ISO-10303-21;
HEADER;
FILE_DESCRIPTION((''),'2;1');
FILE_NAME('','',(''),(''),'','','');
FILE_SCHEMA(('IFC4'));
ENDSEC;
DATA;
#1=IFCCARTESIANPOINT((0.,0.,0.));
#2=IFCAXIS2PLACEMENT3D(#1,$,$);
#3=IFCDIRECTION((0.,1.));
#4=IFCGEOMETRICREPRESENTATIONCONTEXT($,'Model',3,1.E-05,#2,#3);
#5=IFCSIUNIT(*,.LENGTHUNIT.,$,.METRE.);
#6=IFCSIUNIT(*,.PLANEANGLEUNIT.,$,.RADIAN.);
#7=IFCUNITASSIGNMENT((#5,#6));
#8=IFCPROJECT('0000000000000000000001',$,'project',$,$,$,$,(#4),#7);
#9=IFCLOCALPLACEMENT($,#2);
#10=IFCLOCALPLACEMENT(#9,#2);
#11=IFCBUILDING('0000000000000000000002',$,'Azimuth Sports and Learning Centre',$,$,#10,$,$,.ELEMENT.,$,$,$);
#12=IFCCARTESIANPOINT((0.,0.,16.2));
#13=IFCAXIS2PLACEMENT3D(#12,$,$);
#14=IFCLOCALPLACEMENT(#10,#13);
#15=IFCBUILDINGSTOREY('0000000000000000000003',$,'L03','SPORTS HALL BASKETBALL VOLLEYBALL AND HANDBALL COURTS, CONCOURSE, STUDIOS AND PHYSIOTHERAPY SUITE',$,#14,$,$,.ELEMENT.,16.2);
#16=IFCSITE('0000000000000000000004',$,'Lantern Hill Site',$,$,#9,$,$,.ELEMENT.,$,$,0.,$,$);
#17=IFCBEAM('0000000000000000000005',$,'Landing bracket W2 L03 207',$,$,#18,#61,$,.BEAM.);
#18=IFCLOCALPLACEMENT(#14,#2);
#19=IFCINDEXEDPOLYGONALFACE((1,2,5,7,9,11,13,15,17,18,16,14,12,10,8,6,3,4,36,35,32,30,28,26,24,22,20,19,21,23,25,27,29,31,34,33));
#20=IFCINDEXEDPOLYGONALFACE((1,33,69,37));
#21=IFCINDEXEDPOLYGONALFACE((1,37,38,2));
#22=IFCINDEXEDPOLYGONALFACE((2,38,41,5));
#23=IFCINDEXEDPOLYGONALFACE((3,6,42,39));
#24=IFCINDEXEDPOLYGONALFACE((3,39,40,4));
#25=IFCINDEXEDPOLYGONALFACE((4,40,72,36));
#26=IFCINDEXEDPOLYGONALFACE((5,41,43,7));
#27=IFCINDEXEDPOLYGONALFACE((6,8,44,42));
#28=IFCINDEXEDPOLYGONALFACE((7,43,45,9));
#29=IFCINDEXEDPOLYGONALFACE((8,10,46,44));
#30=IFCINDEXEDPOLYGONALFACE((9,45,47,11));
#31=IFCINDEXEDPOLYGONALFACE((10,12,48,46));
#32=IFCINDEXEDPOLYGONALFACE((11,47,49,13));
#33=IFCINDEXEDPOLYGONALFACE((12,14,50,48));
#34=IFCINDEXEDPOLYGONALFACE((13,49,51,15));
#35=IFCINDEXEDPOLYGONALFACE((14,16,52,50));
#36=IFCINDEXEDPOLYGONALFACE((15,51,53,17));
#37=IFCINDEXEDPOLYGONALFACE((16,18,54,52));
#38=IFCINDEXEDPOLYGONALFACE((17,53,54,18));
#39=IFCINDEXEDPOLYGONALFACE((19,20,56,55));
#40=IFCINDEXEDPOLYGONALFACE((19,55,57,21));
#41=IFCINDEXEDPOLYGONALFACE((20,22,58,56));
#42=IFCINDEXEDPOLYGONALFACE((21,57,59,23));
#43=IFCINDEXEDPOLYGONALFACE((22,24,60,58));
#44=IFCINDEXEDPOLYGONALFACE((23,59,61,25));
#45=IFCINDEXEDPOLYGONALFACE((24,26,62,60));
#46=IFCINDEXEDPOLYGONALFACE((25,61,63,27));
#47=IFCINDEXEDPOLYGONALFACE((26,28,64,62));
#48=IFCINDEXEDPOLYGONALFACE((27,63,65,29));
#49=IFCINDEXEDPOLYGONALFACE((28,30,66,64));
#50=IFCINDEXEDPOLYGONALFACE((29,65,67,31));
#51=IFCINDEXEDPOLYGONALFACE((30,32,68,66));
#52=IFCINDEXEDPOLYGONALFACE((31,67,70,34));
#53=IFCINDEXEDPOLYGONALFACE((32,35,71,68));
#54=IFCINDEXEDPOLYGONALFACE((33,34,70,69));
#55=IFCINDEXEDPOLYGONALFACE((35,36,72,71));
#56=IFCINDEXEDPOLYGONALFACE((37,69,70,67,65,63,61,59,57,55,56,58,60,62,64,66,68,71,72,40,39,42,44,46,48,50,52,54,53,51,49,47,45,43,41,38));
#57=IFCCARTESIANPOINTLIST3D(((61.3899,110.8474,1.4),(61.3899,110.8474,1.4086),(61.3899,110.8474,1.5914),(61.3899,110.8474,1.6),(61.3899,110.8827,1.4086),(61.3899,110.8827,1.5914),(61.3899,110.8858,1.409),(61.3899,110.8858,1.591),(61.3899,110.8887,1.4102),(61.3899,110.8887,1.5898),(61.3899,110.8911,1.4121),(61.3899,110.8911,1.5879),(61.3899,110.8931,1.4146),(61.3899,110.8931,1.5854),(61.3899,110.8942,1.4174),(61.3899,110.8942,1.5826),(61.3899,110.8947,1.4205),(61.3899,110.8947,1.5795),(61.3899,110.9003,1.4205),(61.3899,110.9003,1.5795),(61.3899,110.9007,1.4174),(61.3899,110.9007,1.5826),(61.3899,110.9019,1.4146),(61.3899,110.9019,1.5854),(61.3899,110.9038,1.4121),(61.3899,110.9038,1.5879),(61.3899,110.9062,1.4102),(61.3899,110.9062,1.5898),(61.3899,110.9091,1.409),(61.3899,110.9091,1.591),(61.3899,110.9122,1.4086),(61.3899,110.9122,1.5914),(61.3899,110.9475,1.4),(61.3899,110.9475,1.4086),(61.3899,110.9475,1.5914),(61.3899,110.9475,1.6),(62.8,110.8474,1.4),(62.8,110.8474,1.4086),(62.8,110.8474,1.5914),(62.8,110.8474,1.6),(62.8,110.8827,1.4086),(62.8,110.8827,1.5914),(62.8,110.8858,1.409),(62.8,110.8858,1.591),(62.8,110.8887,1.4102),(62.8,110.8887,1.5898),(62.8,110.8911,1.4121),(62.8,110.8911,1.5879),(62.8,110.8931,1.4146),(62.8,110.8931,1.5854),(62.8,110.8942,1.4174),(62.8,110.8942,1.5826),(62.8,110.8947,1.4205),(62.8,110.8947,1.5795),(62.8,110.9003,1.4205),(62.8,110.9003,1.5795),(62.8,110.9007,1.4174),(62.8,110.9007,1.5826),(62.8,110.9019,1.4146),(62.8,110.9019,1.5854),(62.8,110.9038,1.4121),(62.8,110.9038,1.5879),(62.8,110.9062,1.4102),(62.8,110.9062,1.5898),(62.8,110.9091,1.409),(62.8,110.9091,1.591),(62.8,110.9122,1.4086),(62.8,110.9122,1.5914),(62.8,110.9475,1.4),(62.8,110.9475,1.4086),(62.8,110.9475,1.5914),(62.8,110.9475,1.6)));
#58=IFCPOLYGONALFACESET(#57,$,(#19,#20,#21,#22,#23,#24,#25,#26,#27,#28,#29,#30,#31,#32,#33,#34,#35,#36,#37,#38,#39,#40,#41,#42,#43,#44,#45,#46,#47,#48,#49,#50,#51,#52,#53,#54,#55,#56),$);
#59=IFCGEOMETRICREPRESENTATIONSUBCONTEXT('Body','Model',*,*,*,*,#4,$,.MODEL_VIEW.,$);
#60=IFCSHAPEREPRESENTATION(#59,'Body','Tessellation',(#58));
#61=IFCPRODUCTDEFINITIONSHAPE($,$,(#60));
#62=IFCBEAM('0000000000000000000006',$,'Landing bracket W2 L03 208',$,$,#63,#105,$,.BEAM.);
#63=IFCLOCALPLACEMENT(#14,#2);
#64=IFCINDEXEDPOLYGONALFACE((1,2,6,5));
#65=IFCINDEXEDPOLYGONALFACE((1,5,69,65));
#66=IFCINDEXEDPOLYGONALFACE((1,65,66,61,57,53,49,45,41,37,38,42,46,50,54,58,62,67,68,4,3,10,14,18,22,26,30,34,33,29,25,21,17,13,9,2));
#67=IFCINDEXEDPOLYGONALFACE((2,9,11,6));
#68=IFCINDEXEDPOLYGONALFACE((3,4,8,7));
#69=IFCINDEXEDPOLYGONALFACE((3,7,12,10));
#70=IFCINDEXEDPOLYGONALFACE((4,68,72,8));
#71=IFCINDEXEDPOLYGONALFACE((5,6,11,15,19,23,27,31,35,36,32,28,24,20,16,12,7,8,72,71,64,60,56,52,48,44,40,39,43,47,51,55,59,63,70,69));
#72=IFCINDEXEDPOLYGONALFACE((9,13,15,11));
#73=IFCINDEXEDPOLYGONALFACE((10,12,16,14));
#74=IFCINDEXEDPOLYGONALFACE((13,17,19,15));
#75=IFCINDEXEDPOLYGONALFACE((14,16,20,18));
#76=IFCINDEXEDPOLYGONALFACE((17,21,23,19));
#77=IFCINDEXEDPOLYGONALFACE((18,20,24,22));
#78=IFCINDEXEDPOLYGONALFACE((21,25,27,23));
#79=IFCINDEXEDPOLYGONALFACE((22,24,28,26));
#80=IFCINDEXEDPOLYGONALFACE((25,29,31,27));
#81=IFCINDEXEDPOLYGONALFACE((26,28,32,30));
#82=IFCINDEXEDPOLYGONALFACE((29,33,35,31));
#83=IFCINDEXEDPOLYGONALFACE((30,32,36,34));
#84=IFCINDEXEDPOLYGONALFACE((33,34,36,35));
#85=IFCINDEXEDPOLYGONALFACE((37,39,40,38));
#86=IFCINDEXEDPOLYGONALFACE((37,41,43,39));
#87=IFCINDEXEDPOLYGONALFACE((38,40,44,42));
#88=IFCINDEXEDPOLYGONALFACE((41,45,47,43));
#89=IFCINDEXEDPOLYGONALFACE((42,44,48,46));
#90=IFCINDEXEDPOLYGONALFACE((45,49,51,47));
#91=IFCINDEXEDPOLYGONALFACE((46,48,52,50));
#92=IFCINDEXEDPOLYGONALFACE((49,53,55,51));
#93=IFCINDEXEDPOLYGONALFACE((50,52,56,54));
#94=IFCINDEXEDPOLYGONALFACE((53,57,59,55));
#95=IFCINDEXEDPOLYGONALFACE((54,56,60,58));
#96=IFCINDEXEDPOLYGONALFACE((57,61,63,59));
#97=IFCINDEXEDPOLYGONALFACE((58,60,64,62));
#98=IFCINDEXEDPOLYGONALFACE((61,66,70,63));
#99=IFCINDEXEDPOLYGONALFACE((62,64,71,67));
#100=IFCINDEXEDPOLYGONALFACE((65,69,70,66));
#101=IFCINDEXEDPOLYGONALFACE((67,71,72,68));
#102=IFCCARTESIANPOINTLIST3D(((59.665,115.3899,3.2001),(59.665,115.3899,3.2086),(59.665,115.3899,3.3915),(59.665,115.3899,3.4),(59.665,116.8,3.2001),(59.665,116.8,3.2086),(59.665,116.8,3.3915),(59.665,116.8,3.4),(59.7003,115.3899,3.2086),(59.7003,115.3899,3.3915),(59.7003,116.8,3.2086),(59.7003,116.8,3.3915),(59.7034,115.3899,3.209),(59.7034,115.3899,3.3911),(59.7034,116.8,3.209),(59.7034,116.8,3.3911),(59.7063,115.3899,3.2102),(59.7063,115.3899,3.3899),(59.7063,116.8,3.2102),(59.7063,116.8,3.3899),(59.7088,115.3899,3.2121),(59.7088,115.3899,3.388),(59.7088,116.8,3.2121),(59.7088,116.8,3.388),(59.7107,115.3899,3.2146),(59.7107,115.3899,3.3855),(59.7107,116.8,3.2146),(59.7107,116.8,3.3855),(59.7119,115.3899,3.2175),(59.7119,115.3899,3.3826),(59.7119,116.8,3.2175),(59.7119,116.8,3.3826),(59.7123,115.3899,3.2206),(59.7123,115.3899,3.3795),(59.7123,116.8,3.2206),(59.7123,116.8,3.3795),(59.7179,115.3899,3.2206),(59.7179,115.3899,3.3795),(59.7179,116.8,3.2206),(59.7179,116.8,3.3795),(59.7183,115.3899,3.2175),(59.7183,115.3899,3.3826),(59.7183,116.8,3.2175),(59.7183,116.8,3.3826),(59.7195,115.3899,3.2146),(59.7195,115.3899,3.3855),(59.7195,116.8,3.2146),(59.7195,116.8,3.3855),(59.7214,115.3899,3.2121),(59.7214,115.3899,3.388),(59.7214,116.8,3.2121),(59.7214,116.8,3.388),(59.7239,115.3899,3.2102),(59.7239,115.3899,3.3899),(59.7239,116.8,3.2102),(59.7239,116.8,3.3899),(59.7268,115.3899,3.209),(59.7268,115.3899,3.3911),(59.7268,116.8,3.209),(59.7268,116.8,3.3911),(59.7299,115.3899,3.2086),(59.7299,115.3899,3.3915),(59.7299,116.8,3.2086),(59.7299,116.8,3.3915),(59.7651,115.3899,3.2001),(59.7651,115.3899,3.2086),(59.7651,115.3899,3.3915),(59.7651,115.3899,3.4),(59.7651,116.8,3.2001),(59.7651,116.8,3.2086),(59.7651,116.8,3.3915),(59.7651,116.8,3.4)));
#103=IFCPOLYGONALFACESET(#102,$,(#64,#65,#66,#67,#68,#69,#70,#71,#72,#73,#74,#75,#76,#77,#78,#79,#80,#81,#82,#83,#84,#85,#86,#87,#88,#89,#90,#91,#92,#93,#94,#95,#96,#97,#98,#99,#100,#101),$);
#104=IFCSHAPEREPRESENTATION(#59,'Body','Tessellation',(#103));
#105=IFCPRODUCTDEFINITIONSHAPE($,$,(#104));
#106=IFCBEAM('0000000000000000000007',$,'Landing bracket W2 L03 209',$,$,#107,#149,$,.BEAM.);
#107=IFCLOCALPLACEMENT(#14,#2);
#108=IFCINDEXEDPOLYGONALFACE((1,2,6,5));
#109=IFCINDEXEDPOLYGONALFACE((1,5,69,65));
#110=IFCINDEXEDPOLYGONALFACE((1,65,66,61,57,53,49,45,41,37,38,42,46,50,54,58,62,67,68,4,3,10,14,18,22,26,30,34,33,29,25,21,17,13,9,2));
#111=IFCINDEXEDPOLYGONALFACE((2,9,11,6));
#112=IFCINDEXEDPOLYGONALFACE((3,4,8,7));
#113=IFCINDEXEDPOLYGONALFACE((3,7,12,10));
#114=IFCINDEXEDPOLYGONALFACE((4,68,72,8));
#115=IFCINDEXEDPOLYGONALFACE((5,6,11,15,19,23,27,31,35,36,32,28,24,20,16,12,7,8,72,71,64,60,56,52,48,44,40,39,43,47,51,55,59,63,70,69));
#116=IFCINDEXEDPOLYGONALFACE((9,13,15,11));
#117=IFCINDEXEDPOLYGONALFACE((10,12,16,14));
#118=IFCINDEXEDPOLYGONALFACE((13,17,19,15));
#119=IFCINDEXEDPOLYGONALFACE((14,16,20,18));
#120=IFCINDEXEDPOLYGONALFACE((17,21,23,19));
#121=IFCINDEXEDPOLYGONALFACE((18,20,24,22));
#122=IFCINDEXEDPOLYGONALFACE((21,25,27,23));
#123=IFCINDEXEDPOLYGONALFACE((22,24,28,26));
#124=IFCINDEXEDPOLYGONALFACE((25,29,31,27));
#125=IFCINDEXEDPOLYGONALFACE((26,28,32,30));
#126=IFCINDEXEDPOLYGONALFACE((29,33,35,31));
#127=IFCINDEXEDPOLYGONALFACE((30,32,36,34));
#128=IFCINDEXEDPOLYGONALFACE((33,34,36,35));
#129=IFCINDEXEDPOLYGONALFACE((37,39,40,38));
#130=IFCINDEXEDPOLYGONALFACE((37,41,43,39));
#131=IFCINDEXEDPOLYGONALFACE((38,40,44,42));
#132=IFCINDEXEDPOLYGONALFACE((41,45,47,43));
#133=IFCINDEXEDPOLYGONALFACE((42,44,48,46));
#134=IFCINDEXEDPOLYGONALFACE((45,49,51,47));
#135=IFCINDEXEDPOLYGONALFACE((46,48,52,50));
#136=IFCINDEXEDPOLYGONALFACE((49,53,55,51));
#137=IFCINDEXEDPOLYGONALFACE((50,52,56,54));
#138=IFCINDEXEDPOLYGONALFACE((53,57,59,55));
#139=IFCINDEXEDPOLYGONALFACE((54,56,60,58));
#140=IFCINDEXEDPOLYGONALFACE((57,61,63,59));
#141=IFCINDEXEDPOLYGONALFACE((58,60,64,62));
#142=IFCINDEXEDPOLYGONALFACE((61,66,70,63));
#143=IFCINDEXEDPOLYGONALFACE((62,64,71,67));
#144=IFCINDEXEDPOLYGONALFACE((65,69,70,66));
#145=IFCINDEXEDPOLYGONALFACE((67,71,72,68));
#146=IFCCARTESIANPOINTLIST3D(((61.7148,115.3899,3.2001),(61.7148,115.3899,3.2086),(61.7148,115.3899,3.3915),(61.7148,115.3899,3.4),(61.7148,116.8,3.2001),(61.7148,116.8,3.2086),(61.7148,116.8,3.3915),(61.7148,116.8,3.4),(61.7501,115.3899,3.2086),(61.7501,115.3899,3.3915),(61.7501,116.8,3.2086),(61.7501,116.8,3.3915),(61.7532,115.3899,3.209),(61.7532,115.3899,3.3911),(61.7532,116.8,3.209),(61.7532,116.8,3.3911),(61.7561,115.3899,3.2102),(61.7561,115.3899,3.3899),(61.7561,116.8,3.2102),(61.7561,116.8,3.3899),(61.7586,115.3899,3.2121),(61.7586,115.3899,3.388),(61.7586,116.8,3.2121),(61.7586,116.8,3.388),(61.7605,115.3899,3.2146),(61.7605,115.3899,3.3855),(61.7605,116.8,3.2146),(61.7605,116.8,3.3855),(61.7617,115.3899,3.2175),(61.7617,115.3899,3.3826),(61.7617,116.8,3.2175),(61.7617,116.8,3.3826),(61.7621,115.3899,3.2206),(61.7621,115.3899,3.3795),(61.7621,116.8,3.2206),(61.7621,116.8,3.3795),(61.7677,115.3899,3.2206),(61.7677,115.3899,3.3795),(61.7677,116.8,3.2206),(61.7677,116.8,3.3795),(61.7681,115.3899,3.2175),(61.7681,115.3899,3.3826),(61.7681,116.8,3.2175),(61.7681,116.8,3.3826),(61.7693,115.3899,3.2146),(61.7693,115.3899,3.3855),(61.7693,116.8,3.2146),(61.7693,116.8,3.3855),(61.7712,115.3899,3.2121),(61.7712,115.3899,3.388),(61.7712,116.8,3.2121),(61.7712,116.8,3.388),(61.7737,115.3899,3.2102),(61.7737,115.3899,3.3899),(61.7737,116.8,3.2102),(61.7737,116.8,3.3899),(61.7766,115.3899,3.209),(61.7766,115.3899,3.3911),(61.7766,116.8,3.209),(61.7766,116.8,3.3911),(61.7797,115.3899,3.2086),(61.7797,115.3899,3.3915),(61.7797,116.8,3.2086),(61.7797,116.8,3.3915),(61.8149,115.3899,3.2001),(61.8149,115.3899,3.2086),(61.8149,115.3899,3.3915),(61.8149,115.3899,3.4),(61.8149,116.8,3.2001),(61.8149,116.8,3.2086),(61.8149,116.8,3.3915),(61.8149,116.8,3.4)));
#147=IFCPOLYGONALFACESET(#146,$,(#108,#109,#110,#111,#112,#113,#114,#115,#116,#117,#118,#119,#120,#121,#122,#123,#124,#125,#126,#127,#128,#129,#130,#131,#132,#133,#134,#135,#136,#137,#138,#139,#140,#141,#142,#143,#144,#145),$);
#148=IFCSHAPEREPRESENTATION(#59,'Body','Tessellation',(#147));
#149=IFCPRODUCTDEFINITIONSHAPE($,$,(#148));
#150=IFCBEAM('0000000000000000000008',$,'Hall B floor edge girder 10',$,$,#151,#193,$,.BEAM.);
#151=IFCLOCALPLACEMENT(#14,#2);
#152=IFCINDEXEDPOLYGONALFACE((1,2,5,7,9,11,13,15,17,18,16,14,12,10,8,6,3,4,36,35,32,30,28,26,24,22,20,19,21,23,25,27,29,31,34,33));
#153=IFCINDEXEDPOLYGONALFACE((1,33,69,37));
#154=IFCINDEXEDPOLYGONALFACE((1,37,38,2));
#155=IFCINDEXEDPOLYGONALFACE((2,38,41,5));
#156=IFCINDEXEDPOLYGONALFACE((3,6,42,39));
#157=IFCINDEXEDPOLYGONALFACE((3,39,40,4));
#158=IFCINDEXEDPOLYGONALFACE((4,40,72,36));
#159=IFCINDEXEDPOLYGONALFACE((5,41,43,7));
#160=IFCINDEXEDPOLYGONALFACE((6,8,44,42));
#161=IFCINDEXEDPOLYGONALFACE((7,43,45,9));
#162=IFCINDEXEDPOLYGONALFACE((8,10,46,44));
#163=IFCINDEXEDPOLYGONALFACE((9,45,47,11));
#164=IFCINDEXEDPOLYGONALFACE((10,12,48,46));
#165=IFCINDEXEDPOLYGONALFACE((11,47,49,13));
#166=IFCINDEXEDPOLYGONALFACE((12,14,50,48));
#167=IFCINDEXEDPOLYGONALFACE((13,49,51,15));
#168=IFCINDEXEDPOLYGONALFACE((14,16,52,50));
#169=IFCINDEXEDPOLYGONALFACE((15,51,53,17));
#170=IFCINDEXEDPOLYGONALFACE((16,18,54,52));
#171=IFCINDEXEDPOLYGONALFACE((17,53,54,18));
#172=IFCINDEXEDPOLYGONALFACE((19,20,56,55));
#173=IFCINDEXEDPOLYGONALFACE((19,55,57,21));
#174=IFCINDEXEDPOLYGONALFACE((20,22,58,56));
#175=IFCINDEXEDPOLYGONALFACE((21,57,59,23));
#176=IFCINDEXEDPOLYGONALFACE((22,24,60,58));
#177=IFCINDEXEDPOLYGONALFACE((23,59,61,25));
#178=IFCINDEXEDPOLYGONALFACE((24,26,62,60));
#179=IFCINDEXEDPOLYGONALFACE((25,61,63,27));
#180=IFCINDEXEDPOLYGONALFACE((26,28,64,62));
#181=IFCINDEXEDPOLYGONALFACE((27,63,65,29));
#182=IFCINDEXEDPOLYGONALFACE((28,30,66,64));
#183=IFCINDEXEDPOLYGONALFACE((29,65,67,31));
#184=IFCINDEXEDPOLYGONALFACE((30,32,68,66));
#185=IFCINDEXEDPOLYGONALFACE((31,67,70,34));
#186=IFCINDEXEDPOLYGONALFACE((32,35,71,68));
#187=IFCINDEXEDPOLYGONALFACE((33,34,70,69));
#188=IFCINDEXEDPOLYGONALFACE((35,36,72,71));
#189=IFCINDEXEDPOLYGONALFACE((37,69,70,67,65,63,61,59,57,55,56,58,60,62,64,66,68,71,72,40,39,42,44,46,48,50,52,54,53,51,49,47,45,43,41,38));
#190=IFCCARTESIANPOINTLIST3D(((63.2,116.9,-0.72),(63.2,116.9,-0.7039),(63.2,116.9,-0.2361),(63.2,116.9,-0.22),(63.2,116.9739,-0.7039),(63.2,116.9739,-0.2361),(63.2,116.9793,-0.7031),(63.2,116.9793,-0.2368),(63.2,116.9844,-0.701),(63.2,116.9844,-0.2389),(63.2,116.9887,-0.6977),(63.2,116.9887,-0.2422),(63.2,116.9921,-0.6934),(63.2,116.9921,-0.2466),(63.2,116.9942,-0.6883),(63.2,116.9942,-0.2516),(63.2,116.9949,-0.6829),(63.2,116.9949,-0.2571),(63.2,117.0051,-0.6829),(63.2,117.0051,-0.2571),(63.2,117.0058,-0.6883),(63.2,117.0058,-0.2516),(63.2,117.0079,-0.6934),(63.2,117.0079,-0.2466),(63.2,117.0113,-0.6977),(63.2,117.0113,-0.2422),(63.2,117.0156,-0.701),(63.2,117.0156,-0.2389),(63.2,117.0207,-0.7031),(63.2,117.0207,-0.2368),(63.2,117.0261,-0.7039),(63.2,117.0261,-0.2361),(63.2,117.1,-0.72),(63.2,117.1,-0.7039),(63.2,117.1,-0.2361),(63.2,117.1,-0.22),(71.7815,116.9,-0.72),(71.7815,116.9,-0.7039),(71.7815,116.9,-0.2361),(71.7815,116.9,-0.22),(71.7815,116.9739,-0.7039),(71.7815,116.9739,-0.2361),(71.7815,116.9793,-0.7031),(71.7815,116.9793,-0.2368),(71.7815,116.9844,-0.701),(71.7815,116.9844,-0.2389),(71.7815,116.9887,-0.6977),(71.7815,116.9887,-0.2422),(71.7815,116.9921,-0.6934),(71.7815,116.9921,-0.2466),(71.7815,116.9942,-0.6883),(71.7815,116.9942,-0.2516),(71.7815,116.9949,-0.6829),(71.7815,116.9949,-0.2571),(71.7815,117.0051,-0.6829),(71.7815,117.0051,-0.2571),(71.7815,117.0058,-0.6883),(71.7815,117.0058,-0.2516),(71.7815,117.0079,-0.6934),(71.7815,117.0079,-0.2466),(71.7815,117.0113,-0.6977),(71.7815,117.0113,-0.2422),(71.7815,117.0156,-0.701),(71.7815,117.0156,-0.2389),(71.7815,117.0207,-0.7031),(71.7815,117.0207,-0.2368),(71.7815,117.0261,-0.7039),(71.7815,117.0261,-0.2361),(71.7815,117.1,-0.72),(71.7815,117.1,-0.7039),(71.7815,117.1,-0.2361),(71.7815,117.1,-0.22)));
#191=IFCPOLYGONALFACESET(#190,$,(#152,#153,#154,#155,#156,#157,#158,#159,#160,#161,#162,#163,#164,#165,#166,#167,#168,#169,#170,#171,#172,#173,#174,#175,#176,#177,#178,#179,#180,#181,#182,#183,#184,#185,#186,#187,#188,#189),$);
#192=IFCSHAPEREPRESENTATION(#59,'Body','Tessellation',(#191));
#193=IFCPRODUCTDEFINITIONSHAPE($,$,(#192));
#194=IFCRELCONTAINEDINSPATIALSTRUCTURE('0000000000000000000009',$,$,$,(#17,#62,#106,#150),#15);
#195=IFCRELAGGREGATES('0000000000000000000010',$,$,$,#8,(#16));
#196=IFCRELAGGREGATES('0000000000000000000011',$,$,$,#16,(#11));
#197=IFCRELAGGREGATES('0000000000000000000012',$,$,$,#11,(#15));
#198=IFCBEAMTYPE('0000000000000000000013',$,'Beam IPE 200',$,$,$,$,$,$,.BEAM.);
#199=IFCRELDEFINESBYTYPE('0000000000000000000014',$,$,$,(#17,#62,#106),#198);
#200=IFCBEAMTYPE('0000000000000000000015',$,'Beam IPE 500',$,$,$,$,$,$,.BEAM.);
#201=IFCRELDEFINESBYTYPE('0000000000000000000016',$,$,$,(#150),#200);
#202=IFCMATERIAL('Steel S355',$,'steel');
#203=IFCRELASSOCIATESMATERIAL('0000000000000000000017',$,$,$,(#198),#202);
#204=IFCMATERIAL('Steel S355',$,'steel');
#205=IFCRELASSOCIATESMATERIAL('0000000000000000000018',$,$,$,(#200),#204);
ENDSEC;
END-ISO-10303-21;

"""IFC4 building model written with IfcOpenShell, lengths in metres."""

from ifc_helpers import new_model, si_unit, direction, frame, origin, origin_2d, place, context, subcontext, project, spatial, i_section, extrude, material, material_profile, profile_set, type_object, element, save


model = new_model("IFC4")

# Units and contexts
model_context = context("Model", 3, precision=1e-05, world=origin(), true_north=direction((0.0, 1.0)))
body_context = subcontext(model_context, "Body", "Model", "MODEL_VIEW")
ifc_project = project(units=[si_unit("LENGTHUNIT", "METRE"), si_unit("PLANEANGLEUNIT", "RADIAN")], contexts=[model_context])

# Site, building, storey
site_placement = place(None, origin())
site = spatial("IfcSite", under=ifc_project, at=site_placement, Name="Lantern Hill Site", CompositionType="ELEMENT", RefElevation=0.0)
building_placement = place(site_placement, origin())
building = spatial("IfcBuilding", under=site, at=building_placement, Name="Azimuth Sports and Learning Centre", CompositionType="ELEMENT")
storey_placement = place(building_placement, frame((0.0, 0.0, 16.2)))
storey = spatial("IfcBuildingStorey", under=building, at=storey_placement, Name="L03", Description="SPORTS HALL BASKETBALL VOLLEYBALL AND HANDBALL COURTS, CONCOURSE, STUDIOS AND PHYSIOTHERAPY SUITE", CompositionType="ELEMENT", Elevation=16.2)

# Beams
ifc_material_1 = material(Name="Steel S355", Category="steel")
ifc_material_profile_1 = material_profile(ifc_material_1, i_section(OverallWidth=0.1001, OverallDepth=0.2, WebThickness=0.0056, FlangeThickness=0.0085, FilletRadius=0.012, at=origin_2d()), Name="IPE 200")
ifc_profile_set_1 = profile_set([ifc_material_profile_1], Name="Steel S355")
beam_type_1 = type_object("IfcBeamType", Name="Beam IPE 200", PredefinedType="BEAM", material=ifc_profile_set_1)
for number, where, z_axis, x_axis, name in (
    (1, (62.8, 110.8975, 1.5), (-1.0, 0.0, 0.0), (0.0, -1.0, 0.0), "Landing bracket W2 L03 207"),
    (2, (59.7151, 116.8, 3.3), (0.0, -1.0, 0.0), (1.0, 0.0, 0.0), "Landing bracket W2 L03 208"),
    (3, (61.7649, 116.8, 3.3), (0.0, -1.0, 0.0), (1.0, 0.0, 0.0), "Landing bracket W2 L03 209"),
):
    element("IfcBeam", number, at=place(storey_placement, frame(where, z_axis=z_axis, x_axis=x_axis)), inside=storey, type_object=beam_type_1, Name=name, PredefinedType="BEAM", context=body_context, shape_type="SweptSolid", body=[
        extrude(i_section(OverallWidth=0.1001, OverallDepth=0.2, WebThickness=0.0056, FlangeThickness=0.0085, FilletRadius=0.012, at=origin_2d()), origin(), (0.0, 0.0, 1.0), 1.4102),
    ])
ifc_material_2 = material(Name="Steel S355", Category="steel")
ifc_material_profile_2 = material_profile(ifc_material_2, i_section(OverallWidth=0.2, OverallDepth=0.5, WebThickness=0.0103, FlangeThickness=0.0161, FilletRadius=0.021, at=origin_2d()), Name="IPE 500")
ifc_profile_set_2 = profile_set([ifc_material_profile_2], Name="Steel S355")
beam_type_2 = type_object("IfcBeamType", Name="Beam IPE 500", PredefinedType="BEAM", material=ifc_profile_set_2)
beam_1_placement = place(storey_placement, frame((63.2, 117.0, -0.47), z_axis=(1.0, 0.0, 0.0), x_axis=(0.0, 1.0, 0.0)))
element("IfcBeam", 4, at=beam_1_placement, inside=storey, type_object=beam_type_2, Name="Hall B floor edge girder 10", PredefinedType="BEAM", context=body_context, shape_type="SweptSolid", body=[
    extrude(i_section(OverallWidth=0.2, OverallDepth=0.5, WebThickness=0.0103, FlangeThickness=0.0161, FilletRadius=0.021, at=origin_2d()), origin(), (0.0, 0.0, 1.0), 8.5815),
])

save(model, "model.ifc")
